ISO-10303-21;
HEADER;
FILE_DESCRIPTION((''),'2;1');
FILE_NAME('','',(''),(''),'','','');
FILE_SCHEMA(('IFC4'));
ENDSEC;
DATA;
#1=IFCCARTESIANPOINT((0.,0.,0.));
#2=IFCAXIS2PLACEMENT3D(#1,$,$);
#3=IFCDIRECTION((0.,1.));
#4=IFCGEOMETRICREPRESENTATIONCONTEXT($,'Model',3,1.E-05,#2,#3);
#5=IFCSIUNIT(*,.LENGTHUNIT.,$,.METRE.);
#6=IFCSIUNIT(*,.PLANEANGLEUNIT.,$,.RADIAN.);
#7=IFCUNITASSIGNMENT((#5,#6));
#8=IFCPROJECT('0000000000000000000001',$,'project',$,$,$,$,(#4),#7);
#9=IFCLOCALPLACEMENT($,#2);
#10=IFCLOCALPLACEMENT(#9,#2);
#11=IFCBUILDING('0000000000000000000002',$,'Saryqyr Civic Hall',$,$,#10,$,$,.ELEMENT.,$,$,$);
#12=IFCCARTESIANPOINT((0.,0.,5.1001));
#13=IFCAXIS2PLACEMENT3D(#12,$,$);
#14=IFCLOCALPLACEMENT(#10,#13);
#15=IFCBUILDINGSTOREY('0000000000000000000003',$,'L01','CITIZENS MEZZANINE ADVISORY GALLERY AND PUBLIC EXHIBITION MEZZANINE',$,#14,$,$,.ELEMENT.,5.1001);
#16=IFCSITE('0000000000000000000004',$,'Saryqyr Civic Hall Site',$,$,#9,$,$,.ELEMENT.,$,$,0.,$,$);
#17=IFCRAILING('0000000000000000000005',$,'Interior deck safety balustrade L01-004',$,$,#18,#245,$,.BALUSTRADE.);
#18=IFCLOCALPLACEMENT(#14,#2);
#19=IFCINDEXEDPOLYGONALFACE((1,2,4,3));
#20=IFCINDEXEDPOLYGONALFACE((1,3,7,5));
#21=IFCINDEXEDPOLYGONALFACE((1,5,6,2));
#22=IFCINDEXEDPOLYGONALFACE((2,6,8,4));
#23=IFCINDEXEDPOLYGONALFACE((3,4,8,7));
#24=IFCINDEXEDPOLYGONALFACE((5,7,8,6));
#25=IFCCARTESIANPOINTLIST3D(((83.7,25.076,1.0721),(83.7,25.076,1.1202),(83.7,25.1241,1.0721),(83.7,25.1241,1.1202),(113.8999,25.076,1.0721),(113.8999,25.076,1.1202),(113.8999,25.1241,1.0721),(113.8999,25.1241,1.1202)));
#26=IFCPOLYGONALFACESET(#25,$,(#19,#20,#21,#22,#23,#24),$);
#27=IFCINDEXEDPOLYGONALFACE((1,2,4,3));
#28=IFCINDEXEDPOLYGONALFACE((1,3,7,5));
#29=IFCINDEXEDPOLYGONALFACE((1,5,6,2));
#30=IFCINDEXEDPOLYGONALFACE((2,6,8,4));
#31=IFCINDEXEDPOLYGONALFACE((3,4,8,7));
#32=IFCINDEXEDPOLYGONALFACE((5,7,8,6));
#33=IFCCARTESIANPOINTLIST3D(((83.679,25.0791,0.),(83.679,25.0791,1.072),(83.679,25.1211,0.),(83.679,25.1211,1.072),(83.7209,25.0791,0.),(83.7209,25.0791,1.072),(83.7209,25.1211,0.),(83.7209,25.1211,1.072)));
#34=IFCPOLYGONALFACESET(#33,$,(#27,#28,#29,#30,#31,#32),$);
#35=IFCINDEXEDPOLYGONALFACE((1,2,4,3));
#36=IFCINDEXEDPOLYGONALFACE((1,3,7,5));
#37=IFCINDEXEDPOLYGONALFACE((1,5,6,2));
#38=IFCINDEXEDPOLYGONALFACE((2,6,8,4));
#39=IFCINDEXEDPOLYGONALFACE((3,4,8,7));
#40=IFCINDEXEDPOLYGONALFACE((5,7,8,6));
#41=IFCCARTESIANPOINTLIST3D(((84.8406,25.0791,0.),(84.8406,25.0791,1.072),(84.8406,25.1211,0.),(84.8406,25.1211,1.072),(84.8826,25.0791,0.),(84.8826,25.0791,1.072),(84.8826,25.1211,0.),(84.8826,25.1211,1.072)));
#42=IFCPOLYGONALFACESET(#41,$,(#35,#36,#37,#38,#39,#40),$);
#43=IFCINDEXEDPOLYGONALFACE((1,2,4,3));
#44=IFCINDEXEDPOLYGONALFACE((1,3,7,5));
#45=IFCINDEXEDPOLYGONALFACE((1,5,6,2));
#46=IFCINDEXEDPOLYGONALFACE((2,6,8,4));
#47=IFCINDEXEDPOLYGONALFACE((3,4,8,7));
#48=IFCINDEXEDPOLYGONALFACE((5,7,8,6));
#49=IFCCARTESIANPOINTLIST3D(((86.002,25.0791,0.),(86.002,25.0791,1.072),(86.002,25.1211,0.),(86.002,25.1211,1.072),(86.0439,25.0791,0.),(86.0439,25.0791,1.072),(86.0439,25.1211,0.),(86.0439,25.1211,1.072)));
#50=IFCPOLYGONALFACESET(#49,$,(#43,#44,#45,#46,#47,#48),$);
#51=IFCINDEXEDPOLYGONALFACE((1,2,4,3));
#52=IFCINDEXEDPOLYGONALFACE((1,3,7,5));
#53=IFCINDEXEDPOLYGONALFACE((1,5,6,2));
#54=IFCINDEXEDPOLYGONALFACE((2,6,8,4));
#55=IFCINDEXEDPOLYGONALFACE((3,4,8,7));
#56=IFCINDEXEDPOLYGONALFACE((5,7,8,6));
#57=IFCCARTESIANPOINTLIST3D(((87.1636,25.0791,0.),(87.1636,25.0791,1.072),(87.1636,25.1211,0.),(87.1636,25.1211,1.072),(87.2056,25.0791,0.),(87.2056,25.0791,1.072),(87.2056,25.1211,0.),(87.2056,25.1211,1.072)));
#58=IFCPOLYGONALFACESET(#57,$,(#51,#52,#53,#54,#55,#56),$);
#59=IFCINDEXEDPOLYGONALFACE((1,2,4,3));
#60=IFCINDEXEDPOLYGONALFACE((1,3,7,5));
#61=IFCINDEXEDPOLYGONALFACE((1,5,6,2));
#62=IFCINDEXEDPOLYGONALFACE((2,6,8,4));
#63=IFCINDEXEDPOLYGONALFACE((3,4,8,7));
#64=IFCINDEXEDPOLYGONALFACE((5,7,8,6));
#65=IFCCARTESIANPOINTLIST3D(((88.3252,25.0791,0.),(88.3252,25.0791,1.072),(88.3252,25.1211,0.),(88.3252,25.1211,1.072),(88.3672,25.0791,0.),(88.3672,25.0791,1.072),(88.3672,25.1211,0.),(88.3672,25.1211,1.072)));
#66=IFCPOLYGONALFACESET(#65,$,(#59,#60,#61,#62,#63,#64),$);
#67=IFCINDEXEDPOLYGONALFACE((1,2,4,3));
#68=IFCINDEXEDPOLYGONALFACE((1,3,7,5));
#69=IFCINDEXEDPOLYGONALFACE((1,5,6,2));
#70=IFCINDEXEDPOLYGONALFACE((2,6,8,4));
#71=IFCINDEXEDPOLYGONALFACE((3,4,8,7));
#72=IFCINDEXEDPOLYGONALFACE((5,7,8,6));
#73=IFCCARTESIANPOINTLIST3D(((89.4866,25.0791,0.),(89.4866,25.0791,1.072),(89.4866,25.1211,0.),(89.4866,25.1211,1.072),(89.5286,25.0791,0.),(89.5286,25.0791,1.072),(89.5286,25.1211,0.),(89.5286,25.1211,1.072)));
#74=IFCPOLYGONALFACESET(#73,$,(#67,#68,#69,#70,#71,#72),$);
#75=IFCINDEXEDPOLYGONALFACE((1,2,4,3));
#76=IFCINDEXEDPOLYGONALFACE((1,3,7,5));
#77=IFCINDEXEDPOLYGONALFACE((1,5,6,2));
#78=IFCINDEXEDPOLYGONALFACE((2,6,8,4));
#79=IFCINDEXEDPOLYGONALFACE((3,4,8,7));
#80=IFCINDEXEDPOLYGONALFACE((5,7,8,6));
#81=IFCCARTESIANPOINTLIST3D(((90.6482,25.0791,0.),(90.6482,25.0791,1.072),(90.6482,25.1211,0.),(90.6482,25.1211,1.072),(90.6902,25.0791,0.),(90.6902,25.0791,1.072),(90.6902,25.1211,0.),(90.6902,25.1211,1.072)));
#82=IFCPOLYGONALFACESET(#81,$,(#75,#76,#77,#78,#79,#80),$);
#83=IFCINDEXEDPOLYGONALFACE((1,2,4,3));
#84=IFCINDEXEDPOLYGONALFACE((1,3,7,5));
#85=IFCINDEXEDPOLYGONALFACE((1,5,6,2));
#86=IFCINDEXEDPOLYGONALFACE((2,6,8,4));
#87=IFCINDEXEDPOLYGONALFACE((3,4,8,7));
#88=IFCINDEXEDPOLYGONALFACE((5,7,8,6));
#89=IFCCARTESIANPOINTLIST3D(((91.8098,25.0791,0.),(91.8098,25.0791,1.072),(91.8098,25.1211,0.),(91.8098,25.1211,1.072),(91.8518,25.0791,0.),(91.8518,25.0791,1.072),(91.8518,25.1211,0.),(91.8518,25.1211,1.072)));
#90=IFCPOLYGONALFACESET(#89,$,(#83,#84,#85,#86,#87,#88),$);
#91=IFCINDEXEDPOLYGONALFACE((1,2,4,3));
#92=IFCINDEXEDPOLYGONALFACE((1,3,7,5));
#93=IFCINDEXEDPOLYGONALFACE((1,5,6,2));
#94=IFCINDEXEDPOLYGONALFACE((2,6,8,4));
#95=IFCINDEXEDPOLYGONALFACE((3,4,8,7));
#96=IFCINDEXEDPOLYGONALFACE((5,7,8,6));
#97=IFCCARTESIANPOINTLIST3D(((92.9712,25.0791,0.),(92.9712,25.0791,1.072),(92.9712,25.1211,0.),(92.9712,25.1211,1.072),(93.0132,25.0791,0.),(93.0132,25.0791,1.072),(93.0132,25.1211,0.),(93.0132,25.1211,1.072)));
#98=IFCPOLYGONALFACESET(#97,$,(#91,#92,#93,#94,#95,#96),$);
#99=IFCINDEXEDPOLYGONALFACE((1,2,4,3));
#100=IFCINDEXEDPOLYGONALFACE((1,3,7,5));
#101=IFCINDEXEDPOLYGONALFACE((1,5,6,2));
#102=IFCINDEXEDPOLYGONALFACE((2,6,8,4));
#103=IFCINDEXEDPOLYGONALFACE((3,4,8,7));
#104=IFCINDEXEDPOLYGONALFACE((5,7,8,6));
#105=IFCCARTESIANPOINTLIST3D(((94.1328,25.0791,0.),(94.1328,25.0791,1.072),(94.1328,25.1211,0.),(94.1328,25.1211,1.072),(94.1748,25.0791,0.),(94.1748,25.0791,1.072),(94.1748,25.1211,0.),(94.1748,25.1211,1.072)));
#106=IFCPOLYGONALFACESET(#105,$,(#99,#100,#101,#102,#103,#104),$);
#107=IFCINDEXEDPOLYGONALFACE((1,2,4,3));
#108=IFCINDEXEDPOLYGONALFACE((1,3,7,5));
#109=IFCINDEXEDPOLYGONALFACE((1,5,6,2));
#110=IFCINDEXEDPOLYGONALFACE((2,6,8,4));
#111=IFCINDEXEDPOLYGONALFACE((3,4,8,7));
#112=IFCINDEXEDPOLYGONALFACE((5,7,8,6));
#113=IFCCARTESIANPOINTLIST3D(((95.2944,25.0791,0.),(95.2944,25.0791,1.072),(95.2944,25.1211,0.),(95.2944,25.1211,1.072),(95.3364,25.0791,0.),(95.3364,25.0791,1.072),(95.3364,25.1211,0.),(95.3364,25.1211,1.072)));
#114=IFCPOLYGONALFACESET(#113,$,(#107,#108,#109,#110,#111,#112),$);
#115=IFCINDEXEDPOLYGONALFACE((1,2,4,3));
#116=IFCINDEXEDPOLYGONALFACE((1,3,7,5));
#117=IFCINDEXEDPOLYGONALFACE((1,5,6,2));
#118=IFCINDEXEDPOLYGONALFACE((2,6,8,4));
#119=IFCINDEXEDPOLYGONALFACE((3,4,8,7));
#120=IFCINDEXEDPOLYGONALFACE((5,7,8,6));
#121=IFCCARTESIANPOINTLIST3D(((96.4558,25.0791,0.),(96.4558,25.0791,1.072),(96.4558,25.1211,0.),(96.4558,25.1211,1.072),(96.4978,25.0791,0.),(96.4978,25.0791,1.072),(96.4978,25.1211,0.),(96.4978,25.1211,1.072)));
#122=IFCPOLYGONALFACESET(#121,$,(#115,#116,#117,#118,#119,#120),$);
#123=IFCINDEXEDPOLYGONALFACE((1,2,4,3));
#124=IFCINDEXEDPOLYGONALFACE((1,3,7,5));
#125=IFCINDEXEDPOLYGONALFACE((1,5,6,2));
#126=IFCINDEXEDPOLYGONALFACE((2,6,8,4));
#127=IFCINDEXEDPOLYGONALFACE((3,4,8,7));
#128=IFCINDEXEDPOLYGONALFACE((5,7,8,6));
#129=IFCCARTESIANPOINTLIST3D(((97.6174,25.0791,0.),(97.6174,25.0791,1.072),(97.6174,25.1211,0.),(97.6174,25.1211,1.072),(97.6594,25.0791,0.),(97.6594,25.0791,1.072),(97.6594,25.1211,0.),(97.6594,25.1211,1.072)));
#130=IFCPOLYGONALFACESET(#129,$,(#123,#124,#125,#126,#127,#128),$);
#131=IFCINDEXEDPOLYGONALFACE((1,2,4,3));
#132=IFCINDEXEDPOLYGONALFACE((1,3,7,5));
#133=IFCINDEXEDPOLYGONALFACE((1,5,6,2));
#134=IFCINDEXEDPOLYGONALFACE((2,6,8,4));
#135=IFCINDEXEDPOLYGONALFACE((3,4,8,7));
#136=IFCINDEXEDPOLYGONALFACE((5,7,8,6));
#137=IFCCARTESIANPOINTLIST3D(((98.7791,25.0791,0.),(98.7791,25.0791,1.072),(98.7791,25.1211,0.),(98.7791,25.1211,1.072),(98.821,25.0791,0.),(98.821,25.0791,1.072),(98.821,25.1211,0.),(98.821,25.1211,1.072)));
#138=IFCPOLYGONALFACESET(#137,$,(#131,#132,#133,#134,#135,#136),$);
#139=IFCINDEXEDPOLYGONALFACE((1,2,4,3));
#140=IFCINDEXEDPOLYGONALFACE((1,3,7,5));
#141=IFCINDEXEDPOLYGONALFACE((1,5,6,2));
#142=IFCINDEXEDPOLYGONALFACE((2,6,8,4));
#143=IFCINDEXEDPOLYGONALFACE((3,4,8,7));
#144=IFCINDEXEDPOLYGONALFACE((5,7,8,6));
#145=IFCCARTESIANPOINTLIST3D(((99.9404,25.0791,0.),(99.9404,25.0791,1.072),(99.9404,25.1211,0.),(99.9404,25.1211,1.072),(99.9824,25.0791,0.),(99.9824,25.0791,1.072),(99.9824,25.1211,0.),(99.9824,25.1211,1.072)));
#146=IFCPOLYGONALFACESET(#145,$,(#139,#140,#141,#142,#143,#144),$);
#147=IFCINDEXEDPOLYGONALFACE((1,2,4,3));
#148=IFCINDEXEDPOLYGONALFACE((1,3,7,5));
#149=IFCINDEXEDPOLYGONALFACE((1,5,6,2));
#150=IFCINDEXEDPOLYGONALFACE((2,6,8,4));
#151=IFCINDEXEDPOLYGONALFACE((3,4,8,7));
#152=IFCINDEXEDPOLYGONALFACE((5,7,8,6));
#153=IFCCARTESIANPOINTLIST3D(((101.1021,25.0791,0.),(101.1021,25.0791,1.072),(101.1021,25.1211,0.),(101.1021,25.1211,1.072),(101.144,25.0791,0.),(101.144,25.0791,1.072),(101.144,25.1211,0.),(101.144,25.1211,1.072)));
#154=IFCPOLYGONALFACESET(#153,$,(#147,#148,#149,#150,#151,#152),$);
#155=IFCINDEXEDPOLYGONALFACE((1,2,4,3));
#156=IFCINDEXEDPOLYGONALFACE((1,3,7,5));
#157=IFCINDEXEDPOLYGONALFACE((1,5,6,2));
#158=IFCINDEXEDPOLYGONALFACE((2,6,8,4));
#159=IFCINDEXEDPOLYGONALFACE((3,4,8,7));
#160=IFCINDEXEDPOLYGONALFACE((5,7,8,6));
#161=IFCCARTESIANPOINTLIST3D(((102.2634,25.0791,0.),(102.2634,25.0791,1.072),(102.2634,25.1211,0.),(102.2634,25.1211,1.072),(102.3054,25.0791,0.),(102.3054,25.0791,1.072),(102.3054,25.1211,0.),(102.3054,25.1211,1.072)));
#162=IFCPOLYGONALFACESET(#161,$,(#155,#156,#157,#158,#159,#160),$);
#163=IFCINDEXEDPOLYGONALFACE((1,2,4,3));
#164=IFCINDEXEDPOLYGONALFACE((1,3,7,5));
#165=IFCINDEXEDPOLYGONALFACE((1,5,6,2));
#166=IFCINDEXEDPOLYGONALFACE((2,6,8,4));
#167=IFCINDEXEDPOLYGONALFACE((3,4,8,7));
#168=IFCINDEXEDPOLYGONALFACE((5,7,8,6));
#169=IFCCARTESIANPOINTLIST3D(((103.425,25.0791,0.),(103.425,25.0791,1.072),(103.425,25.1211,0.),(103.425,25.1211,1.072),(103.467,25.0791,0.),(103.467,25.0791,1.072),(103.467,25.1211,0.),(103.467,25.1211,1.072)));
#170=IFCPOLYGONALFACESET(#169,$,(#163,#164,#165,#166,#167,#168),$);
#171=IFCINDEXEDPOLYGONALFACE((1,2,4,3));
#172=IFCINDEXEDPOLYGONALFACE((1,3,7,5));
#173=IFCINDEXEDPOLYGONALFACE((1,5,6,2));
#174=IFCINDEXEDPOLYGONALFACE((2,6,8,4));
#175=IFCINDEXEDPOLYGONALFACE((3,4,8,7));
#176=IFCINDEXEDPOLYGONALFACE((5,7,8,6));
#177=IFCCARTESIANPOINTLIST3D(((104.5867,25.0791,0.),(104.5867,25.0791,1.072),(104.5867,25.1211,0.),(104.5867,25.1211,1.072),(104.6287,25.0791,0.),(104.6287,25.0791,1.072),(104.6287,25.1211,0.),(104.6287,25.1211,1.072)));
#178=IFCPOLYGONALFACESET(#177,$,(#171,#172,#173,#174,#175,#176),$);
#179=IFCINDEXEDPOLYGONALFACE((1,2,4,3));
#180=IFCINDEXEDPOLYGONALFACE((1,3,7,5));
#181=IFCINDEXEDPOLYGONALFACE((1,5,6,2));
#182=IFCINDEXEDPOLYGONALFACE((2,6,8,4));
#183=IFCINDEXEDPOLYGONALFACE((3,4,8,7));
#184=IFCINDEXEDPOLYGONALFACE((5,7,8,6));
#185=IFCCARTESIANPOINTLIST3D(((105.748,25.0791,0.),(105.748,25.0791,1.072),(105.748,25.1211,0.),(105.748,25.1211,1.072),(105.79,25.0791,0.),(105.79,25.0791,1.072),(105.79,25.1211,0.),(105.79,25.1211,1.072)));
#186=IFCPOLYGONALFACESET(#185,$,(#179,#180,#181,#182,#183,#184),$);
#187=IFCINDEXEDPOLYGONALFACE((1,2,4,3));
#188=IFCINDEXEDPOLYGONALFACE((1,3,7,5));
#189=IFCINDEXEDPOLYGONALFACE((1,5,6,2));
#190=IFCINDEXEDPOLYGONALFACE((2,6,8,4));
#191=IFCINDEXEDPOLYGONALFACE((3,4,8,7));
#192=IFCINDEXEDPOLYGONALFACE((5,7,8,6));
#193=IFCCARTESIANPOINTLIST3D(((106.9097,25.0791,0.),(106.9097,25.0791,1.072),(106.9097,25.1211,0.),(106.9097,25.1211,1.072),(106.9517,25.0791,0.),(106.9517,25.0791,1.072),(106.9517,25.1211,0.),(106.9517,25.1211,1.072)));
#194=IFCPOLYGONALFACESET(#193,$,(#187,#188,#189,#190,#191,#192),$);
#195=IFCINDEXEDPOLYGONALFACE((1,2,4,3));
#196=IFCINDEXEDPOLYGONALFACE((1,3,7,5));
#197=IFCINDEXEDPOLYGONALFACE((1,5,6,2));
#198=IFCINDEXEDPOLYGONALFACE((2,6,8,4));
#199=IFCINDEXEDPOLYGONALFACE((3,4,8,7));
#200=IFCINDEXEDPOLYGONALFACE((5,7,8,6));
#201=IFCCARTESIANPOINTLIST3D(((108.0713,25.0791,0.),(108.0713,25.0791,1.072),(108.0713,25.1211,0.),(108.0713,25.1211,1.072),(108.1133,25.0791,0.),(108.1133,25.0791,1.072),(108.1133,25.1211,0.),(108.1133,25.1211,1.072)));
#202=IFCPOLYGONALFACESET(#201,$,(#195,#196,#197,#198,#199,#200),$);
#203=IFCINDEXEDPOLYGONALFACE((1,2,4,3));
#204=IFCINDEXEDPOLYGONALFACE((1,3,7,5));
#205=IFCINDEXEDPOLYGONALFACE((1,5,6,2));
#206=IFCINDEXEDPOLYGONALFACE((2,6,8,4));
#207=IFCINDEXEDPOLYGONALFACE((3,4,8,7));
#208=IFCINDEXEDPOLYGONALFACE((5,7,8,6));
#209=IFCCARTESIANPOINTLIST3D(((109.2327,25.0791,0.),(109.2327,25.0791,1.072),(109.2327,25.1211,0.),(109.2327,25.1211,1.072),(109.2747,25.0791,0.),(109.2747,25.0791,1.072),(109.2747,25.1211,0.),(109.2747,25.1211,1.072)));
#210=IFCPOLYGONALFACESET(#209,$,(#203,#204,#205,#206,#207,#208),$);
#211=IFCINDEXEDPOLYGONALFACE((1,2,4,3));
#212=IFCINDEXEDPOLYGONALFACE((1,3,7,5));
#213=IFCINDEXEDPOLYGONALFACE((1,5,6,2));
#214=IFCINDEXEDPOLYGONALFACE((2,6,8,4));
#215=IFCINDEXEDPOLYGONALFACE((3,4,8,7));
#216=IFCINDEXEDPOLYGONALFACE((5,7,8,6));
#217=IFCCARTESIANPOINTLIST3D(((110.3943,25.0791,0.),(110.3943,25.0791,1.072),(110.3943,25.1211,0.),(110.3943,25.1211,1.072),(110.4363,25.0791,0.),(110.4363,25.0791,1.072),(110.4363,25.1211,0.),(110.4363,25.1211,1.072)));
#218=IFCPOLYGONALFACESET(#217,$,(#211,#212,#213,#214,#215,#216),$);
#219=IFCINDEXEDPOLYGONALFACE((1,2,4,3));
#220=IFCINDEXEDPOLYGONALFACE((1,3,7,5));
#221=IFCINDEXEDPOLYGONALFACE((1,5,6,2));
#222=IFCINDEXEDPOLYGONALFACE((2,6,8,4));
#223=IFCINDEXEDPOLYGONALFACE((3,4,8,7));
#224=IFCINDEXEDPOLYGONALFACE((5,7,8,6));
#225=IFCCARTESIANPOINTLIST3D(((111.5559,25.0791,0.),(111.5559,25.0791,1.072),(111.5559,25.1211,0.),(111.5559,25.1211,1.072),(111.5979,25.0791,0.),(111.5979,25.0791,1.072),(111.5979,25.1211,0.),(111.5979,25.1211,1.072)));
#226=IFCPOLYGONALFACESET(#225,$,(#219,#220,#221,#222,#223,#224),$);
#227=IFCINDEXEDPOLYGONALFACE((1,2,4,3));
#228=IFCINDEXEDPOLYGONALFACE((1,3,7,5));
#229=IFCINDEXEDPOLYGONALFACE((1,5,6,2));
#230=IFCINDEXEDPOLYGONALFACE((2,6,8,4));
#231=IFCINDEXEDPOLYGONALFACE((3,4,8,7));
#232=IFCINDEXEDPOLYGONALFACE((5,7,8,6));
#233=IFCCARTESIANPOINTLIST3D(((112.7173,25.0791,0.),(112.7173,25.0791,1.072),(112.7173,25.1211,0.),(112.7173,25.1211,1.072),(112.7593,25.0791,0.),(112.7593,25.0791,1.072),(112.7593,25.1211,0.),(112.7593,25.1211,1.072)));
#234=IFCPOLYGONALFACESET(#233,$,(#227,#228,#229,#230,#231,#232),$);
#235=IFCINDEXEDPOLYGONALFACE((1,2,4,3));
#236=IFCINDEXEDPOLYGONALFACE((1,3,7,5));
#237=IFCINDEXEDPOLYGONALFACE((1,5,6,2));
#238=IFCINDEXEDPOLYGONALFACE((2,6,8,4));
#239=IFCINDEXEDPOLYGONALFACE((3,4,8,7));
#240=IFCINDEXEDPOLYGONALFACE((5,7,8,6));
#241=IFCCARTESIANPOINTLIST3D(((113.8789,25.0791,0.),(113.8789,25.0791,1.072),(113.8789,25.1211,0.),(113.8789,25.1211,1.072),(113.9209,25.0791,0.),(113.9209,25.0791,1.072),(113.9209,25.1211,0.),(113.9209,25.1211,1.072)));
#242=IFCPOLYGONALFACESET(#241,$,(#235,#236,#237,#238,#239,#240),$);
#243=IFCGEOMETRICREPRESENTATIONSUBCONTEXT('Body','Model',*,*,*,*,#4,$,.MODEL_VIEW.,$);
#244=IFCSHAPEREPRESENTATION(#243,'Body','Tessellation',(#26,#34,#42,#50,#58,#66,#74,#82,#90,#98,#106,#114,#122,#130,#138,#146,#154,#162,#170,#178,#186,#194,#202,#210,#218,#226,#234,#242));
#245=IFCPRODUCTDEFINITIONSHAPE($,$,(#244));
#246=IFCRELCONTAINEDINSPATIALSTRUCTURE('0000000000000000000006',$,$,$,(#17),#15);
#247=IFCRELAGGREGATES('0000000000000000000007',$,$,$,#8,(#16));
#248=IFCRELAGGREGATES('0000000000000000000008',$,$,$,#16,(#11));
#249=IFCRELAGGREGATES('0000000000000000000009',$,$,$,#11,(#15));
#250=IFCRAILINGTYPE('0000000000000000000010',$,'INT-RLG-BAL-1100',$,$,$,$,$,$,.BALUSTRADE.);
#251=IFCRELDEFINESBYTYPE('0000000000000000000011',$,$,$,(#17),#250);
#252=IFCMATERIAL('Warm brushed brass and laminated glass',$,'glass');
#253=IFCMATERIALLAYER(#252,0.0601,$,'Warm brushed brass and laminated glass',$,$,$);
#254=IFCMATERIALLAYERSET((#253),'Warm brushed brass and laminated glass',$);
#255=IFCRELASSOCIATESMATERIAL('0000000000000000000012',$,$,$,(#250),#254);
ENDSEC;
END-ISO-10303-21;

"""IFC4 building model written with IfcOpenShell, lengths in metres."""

from ifc_helpers import new_model, si_unit, direction, frame, origin, origin_2d, place, context, subcontext, project, spatial, rectangle, extrude, material, layer, layer_set, type_object, element, save


model = new_model("IFC4")

# Units and contexts
model_context = context("Model", 3, precision=1e-05, world=origin(), true_north=direction((0.0, 1.0)))
body_context = subcontext(model_context, "Body", "Model", "MODEL_VIEW")
ifc_project = project(units=[si_unit("LENGTHUNIT", "METRE"), si_unit("PLANEANGLEUNIT", "RADIAN")], contexts=[model_context])

# Site, building, storey
site_placement = place(None, origin())
site = spatial("IfcSite", under=ifc_project, at=site_placement, Name="Saryqyr Civic Hall Site", CompositionType="ELEMENT", RefElevation=0.0)
building_placement = place(site_placement, origin())
building = spatial("IfcBuilding", under=site, at=building_placement, Name="Saryqyr Civic Hall", CompositionType="ELEMENT")
storey_placement = place(building_placement, frame((0.0, 0.0, 5.1001)))
storey = spatial("IfcBuildingStorey", under=building, at=storey_placement, Name="L01", Description="CITIZENS MEZZANINE ADVISORY GALLERY AND PUBLIC EXHIBITION MEZZANINE", CompositionType="ELEMENT", Elevation=5.1001)

# Railing
ifc_material_1 = material(Name="Warm brushed brass and laminated glass", Category="glass")
ifc_layer_1 = layer(ifc_material_1, 0.0601, Name="Warm brushed brass and laminated glass")
ifc_layer_set_1 = layer_set([ifc_layer_1], Name="Warm brushed brass and laminated glass")
railing_type = type_object("IfcRailingType", Name="INT-RLG-BAL-1100", PredefinedType="BALUSTRADE", material=ifc_layer_set_1)
railing_1_placement = place(storey_placement, frame((83.7, 25.1001, 0.0)))
element("IfcRailing", 1, at=railing_1_placement, inside=storey, type_object=railing_type, Name="Interior deck safety balustrade L01-004", PredefinedType="BALUSTRADE", context=body_context, shape_type="SweptSolid", body=[
    extrude(rectangle(XDim=0.0481, YDim=0.0481, at=origin_2d()), frame((0.0, 0.0, 1.0962), z_axis=(1.0, 0.0, 0.0), x_axis=(0.0, 1.0, 0.0)), (0.0, 0.0, 1.0), 30.2),
    extrude(rectangle(XDim=0.042, YDim=0.042, at=origin_2d()), origin(), (0.0, 0.0, 1.0), 1.072),
    extrude(rectangle(XDim=0.042, YDim=0.042, at=origin_2d()), frame((1.1616, 0.0, 0.0)), (0.0, 0.0, 1.0), 1.072),
    extrude(rectangle(XDim=0.042, YDim=0.042, at=origin_2d()), frame((2.323, 0.0, 0.0)), (0.0, 0.0, 1.0), 1.072),
    extrude(rectangle(XDim=0.042, YDim=0.042, at=origin_2d()), frame((3.4846, 0.0, 0.0)), (0.0, 0.0, 1.0), 1.072),
    extrude(rectangle(XDim=0.042, YDim=0.042, at=origin_2d()), frame((4.6462, 0.0, 0.0)), (0.0, 0.0, 1.0), 1.072),
    extrude(rectangle(XDim=0.042, YDim=0.042, at=origin_2d()), frame((5.8076, 0.0, 0.0)), (0.0, 0.0, 1.0), 1.072),
    extrude(rectangle(XDim=0.042, YDim=0.042, at=origin_2d()), frame((6.9692, 0.0, 0.0)), (0.0, 0.0, 1.0), 1.072),
    extrude(rectangle(XDim=0.042, YDim=0.042, at=origin_2d()), frame((8.1309, 0.0, 0.0)), (0.0, 0.0, 1.0), 1.072),
    extrude(rectangle(XDim=0.042, YDim=0.042, at=origin_2d()), frame((9.2922, 0.0, 0.0)), (0.0, 0.0, 1.0), 1.072),
    extrude(rectangle(XDim=0.042, YDim=0.042, at=origin_2d()), frame((10.4539, 0.0, 0.0)), (0.0, 0.0, 1.0), 1.072),
    extrude(rectangle(XDim=0.042, YDim=0.042, at=origin_2d()), frame((11.6155, 0.0, 0.0)), (0.0, 0.0, 1.0), 1.072),
    extrude(rectangle(XDim=0.042, YDim=0.042, at=origin_2d()), frame((12.7769, 0.0, 0.0)), (0.0, 0.0, 1.0), 1.072),
    extrude(rectangle(XDim=0.042, YDim=0.042, at=origin_2d()), frame((13.9385, 0.0, 0.0)), (0.0, 0.0, 1.0), 1.072),
    extrude(rectangle(XDim=0.042, YDim=0.042, at=origin_2d()), frame((15.1001, 0.0, 0.0)), (0.0, 0.0, 1.0), 1.072),
    extrude(rectangle(XDim=0.042, YDim=0.042, at=origin_2d()), frame((16.2615, 0.0, 0.0)), (0.0, 0.0, 1.0), 1.072),
    extrude(rectangle(XDim=0.042, YDim=0.042, at=origin_2d()), frame((17.4231, 0.0, 0.0)), (0.0, 0.0, 1.0), 1.072),
    extrude(rectangle(XDim=0.042, YDim=0.042, at=origin_2d()), frame((18.5845, 0.0, 0.0)), (0.0, 0.0, 1.0), 1.072),
    extrude(rectangle(XDim=0.042, YDim=0.042, at=origin_2d()), frame((19.7461, 0.0, 0.0)), (0.0, 0.0, 1.0), 1.072),
    extrude(rectangle(XDim=0.042, YDim=0.042, at=origin_2d()), frame((20.9077, 0.0, 0.0)), (0.0, 0.0, 1.0), 1.072),
    extrude(rectangle(XDim=0.042, YDim=0.042, at=origin_2d()), frame((22.0691, 0.0, 0.0)), (0.0, 0.0, 1.0), 1.072),
    extrude(rectangle(XDim=0.042, YDim=0.042, at=origin_2d()), frame((23.2307, 0.0, 0.0)), (0.0, 0.0, 1.0), 1.072),
    extrude(rectangle(XDim=0.042, YDim=0.042, at=origin_2d()), frame((24.3923, 0.0, 0.0)), (0.0, 0.0, 1.0), 1.072),
    extrude(rectangle(XDim=0.042, YDim=0.042, at=origin_2d()), frame((25.5537, 0.0, 0.0)), (0.0, 0.0, 1.0), 1.072),
    extrude(rectangle(XDim=0.042, YDim=0.042, at=origin_2d()), frame((26.7153, 0.0, 0.0)), (0.0, 0.0, 1.0), 1.072),
    extrude(rectangle(XDim=0.042, YDim=0.042, at=origin_2d()), frame((27.877, 0.0, 0.0)), (0.0, 0.0, 1.0), 1.072),
    extrude(rectangle(XDim=0.042, YDim=0.042, at=origin_2d()), frame((29.0383, 0.0, 0.0)), (0.0, 0.0, 1.0), 1.072),
    extrude(rectangle(XDim=0.042, YDim=0.042, at=origin_2d()), frame((30.2, 0.0, 0.0)), (0.0, 0.0, 1.0), 1.072),
])

save(model, "model.ifc")
